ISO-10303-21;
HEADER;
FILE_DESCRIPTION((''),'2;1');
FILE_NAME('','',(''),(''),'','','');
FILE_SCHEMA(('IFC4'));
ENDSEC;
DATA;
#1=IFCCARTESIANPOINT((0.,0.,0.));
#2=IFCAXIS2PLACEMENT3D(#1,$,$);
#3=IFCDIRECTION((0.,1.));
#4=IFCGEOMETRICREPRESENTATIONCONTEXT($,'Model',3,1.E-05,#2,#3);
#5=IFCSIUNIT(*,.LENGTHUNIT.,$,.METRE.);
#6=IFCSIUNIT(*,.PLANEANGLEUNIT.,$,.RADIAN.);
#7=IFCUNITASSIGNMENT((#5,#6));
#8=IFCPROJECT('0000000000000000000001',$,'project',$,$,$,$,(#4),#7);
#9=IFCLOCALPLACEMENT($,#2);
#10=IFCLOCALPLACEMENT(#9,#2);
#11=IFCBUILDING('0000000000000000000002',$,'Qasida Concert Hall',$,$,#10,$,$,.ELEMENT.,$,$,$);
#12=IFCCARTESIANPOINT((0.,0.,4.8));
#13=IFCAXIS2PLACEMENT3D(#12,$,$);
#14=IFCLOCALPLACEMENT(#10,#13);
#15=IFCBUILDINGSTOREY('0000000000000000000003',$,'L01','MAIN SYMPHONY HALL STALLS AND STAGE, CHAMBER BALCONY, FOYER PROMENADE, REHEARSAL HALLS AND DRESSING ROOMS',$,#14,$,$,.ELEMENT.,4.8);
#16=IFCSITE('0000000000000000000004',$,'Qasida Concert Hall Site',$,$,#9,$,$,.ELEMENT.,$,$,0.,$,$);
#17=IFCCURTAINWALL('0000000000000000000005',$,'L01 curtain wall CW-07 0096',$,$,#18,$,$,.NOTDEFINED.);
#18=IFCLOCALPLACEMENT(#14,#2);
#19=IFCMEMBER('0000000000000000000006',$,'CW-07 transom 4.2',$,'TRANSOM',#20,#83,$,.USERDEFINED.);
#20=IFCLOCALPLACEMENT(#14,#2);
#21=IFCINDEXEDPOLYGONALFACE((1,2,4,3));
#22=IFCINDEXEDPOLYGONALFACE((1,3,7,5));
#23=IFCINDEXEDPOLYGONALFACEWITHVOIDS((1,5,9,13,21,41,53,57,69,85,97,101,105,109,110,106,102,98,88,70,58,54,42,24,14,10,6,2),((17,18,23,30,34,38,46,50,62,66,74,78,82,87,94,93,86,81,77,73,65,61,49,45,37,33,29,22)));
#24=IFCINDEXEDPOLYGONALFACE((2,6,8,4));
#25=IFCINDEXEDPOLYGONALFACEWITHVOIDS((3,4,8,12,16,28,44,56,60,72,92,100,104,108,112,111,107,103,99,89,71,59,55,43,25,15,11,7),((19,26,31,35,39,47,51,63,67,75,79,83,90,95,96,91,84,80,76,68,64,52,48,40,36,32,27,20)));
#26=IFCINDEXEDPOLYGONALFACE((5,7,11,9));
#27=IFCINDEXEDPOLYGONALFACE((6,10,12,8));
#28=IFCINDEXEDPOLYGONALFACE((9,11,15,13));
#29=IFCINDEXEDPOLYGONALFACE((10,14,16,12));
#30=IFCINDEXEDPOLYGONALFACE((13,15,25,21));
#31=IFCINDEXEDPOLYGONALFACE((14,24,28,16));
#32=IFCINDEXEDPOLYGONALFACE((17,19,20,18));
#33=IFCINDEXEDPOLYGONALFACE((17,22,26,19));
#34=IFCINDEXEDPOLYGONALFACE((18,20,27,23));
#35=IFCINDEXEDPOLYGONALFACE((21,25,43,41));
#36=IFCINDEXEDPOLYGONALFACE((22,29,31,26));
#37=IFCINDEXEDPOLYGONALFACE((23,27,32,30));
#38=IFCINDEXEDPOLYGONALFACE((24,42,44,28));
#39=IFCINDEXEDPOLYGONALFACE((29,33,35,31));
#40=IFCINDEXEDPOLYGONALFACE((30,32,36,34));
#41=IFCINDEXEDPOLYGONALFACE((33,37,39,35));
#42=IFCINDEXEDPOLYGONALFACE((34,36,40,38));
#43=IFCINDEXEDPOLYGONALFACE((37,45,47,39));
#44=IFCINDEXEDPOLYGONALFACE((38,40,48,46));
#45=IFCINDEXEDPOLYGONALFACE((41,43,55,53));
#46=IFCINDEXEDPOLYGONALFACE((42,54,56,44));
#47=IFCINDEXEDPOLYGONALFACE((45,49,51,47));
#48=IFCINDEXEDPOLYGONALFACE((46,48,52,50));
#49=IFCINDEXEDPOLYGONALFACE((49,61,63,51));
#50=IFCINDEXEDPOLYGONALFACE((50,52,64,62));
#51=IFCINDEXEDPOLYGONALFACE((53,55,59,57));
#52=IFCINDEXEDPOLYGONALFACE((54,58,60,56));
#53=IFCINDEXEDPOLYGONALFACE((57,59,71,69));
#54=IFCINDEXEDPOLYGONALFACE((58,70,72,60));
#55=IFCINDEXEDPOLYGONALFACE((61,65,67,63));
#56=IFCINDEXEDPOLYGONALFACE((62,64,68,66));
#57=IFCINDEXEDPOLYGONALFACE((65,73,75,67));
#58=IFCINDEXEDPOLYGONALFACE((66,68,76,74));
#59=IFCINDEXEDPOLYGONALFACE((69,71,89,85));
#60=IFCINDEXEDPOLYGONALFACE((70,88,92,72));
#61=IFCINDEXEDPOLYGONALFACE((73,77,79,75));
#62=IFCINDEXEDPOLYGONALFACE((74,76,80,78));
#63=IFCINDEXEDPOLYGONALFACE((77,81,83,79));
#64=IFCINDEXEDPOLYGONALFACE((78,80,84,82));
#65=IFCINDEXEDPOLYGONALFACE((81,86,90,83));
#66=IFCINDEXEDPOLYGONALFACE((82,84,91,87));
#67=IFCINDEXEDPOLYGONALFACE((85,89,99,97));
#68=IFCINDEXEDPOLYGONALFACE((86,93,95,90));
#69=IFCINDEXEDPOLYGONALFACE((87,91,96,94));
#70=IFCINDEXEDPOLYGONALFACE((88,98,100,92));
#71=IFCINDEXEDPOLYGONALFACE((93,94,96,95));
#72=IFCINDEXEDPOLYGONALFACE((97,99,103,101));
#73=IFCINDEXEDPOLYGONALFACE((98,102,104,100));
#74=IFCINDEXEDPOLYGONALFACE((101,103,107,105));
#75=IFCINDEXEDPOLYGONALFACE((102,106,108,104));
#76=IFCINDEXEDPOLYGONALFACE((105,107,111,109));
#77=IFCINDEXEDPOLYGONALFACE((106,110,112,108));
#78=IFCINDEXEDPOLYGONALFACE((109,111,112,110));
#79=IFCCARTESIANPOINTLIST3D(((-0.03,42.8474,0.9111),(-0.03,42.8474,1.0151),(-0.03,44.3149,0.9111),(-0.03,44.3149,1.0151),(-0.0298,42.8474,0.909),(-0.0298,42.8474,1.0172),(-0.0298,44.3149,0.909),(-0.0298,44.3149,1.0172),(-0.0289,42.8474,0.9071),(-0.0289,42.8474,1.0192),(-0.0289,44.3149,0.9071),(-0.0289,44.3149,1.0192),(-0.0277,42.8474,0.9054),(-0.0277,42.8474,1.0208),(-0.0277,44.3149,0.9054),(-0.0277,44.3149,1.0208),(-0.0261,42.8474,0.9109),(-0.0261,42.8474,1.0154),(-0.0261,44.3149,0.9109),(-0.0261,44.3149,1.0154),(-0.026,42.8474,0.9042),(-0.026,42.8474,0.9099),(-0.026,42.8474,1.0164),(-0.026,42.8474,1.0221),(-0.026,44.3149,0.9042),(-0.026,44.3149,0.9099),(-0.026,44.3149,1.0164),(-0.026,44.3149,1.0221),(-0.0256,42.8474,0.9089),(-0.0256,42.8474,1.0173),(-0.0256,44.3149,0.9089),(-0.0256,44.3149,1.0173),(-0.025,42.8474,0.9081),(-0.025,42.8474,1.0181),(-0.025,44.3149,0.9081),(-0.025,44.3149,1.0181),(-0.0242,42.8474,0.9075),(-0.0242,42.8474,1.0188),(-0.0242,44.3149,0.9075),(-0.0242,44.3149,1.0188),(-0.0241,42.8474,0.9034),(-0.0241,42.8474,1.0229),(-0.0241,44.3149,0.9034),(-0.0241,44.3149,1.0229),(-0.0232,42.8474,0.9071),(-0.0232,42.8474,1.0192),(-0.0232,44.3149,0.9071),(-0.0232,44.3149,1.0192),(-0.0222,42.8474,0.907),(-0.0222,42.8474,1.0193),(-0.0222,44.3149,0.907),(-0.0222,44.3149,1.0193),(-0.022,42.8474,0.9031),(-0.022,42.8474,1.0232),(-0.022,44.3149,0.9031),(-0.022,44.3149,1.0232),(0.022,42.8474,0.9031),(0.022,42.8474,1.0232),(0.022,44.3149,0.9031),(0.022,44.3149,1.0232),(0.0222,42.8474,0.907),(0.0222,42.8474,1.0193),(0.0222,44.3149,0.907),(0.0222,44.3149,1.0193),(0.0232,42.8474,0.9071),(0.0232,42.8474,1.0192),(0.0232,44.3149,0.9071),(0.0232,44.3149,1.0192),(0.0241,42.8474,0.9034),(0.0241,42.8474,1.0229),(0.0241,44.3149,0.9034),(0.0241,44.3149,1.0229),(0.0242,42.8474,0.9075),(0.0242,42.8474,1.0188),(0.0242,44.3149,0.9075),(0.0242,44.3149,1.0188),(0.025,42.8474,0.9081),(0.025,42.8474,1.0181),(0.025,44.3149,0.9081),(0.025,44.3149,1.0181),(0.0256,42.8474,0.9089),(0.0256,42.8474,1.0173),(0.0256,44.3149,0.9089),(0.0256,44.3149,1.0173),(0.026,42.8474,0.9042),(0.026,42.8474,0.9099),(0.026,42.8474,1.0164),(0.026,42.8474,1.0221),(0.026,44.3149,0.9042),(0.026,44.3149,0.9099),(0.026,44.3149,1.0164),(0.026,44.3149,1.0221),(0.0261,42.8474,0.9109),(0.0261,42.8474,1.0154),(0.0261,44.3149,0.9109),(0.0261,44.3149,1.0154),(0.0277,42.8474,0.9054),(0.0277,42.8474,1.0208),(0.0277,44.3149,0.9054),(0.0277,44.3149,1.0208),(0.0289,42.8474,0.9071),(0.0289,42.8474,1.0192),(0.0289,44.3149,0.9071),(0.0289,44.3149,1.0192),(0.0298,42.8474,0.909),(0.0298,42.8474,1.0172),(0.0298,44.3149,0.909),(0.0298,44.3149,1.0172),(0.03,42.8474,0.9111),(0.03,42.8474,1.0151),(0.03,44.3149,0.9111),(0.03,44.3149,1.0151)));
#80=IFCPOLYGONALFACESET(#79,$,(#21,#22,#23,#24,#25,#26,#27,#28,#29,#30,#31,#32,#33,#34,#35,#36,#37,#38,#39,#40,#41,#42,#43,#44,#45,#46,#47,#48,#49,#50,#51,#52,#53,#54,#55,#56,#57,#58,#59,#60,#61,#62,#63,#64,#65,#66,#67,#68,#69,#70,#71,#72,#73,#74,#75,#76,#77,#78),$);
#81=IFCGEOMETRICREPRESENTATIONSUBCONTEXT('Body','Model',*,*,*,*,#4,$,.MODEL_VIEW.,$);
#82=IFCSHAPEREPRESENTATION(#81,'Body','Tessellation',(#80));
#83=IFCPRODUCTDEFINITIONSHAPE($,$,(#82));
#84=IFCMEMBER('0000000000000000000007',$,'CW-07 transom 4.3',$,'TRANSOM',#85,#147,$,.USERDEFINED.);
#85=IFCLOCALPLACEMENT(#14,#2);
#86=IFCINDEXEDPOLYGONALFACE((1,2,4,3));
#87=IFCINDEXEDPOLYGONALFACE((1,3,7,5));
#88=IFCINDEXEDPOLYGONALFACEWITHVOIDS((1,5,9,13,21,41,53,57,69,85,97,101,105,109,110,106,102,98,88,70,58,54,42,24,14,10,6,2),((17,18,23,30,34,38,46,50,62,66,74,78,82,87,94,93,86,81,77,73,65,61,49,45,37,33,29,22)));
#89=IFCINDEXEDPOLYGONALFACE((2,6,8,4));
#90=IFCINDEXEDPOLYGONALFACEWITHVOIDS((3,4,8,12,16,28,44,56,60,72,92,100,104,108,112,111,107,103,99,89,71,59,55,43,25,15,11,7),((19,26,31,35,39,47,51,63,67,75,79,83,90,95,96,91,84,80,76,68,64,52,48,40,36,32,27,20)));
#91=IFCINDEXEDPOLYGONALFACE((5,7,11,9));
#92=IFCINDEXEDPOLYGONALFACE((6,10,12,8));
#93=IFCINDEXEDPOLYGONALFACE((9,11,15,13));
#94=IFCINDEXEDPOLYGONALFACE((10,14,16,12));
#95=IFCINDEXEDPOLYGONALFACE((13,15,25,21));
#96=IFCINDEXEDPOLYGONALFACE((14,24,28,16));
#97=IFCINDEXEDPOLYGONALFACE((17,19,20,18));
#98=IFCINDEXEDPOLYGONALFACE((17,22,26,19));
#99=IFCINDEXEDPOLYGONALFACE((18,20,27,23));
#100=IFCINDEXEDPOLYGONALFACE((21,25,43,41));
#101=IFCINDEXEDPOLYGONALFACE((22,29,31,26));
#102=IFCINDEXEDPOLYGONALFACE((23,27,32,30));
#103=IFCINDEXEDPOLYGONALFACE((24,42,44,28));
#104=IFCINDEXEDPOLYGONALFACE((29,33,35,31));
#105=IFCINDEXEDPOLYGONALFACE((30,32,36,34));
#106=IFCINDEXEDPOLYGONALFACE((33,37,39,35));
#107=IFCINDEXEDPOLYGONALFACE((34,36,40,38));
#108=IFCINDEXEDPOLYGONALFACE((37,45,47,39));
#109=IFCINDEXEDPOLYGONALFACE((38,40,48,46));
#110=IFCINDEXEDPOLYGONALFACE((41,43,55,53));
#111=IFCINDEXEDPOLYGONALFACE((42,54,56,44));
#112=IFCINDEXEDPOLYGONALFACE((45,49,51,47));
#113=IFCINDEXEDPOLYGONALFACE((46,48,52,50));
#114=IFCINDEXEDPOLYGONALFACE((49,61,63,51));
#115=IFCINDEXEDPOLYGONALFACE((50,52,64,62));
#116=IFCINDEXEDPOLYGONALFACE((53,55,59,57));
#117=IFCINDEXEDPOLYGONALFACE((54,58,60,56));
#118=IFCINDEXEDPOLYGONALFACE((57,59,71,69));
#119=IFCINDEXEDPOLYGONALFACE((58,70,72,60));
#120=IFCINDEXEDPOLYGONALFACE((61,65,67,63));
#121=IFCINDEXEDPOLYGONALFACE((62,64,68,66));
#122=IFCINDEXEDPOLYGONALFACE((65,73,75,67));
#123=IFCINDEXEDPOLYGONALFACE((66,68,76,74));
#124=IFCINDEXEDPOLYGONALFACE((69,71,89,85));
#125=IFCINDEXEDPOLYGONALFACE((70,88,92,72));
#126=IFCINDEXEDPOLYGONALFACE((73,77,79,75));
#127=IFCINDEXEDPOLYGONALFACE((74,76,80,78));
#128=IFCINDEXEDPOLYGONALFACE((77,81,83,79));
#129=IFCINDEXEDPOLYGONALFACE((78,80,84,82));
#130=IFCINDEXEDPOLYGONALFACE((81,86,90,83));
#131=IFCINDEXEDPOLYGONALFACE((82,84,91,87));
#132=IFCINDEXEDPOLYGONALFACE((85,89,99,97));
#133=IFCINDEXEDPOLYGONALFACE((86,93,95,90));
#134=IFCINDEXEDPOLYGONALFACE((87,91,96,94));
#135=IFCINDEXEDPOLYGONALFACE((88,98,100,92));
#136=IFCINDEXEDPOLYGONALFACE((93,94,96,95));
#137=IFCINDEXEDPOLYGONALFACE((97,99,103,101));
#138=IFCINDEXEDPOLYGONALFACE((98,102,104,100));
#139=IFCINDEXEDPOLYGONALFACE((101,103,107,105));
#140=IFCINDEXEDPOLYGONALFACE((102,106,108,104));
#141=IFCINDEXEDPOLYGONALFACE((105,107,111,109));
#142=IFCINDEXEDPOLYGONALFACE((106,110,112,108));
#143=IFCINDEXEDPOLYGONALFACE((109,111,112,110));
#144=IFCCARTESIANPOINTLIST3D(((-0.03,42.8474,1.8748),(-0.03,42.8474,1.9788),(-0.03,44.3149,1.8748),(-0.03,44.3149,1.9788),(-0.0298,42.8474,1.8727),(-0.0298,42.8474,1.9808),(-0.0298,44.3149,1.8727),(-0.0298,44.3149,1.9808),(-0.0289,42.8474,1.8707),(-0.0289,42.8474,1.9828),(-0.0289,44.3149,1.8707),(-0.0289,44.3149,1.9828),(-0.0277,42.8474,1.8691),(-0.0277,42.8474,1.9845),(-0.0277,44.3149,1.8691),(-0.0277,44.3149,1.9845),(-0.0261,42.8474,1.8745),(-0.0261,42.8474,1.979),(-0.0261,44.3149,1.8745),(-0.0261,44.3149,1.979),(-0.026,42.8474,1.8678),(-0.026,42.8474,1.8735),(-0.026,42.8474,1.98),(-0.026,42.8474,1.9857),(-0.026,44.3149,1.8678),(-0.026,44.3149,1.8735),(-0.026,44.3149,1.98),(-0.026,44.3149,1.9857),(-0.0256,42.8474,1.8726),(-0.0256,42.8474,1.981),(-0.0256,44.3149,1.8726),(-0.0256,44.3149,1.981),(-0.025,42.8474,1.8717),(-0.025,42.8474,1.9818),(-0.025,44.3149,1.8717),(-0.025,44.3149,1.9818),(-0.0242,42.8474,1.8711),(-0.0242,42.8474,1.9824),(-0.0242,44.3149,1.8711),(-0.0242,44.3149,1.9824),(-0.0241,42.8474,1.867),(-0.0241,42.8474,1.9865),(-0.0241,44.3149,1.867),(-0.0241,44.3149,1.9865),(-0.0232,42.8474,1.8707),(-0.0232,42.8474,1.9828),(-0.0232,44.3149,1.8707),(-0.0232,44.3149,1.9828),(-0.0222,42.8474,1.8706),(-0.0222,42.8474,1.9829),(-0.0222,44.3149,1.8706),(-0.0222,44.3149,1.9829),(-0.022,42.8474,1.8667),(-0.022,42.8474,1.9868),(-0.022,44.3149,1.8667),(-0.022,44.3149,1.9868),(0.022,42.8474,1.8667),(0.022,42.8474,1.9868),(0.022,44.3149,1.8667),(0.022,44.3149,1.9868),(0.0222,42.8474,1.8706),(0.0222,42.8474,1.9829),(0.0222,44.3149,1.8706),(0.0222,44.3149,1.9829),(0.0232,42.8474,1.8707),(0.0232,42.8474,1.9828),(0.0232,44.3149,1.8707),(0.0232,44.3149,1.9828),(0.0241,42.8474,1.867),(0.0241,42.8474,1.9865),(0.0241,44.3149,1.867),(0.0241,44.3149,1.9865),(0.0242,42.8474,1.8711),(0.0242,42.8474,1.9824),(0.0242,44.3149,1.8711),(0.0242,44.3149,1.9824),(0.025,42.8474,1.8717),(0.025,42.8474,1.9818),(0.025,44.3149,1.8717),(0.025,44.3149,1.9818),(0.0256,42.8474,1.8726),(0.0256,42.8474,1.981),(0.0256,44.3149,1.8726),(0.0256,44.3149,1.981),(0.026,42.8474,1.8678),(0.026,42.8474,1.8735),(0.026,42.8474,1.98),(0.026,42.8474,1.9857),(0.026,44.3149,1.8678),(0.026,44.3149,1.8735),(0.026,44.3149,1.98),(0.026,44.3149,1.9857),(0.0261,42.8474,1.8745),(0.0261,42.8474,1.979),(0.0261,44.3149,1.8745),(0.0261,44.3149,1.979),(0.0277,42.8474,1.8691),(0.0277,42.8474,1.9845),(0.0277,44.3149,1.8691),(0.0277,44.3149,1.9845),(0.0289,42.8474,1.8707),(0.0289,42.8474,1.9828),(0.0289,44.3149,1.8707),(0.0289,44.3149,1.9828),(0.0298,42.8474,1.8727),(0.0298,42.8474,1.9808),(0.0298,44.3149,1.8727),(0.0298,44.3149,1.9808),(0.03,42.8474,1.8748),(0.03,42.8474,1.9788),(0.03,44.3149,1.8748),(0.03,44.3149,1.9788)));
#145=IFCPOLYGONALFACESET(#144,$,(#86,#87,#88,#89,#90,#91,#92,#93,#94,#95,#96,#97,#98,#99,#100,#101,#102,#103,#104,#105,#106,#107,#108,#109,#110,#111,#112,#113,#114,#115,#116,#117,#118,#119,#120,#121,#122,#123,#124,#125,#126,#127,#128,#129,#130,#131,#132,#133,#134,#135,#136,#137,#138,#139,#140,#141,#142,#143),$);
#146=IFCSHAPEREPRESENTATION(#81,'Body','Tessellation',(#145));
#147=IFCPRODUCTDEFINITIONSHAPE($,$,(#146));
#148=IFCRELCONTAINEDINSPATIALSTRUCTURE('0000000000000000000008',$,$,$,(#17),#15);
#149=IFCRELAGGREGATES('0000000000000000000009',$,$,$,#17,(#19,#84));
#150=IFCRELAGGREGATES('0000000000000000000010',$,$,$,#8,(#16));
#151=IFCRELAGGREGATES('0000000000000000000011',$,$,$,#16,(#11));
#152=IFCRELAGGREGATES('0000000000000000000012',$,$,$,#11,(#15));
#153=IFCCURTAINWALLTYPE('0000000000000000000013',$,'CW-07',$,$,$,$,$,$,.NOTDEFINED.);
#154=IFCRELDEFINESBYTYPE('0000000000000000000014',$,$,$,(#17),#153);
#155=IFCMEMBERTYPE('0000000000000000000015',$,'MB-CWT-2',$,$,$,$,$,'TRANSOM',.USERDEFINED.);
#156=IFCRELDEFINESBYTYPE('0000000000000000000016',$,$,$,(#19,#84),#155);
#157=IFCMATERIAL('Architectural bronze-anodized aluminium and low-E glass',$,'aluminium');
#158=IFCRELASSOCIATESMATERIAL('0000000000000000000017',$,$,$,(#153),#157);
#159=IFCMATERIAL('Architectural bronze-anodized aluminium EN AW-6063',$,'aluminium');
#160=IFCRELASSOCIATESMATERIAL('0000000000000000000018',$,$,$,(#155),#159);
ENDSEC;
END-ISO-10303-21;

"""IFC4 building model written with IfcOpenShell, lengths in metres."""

from ifc_helpers import new_model, si_unit, direction, frame, origin, origin_2d, place, context, subcontext, project, spatial, hollow_rectangle, extrude, material, material_profile, profile_set, type_object, element, aggregate, save


model = new_model("IFC4")

# Units and contexts
model_context = context("Model", 3, precision=1e-05, world=origin(), true_north=direction((0.0, 1.0)))
body_context = subcontext(model_context, "Body", "Model", "MODEL_VIEW")
ifc_project = project(units=[si_unit("LENGTHUNIT", "METRE"), si_unit("PLANEANGLEUNIT", "RADIAN")], contexts=[model_context])

# Site, building, storey
site_placement = place(None, origin())
site = spatial("IfcSite", under=ifc_project, at=site_placement, Name="Qasida Concert Hall Site", CompositionType="ELEMENT", RefElevation=0.0)
building_placement = place(site_placement, origin())
building = spatial("IfcBuilding", under=site, at=building_placement, Name="Qasida Concert Hall", CompositionType="ELEMENT")
storey_placement = place(building_placement, frame((0.0, 0.0, 4.8)))
storey = spatial("IfcBuildingStorey", under=building, at=storey_placement, Name="L01", Description="MAIN SYMPHONY HALL STALLS AND STAGE, CHAMBER BALCONY, FOYER PROMENADE, REHEARSAL HALLS AND DRESSING ROOMS", CompositionType="ELEMENT", Elevation=4.8)

# Curtain wall, members
ifc_material_1 = material(Name="Architectural bronze-anodized aluminium and low-E glass", Category="aluminium")
curtain_wall_type = type_object("IfcCurtainWallType", Name="CW-07", PredefinedType="NOTDEFINED", material=ifc_material_1)
curtain_wall_placement = place(storey_placement, origin())
curtain_wall = element("IfcCurtainWall", 1, at=curtain_wall_placement, inside=storey, type_object=curtain_wall_type, Name="L01 curtain wall CW-07 0096", PredefinedType="NOTDEFINED")
ifc_material_2 = material(Name="Architectural bronze-anodized aluminium EN AW-6063", Category="aluminium")
ifc_material_profile_1 = material_profile(ifc_material_2, hollow_rectangle(XDim=0.0601, YDim=0.1201, WallThickness=0.0039, InnerFilletRadius=0.0039, OuterFilletRadius=0.0081, at=origin_2d()), Name="CWT 120x60x4")
ifc_profile_set_1 = profile_set([ifc_material_profile_1], Name="Architectural bronze-anodized aluminium EN AW-6063")
member_type_1 = type_object("IfcMemberType", Name="MB-CWT-2", ElementType="TRANSOM", PredefinedType="USERDEFINED", material=ifc_profile_set_1)
member_1_placement = place(storey_placement, frame((0.0, 42.8474, 0.9631), z_axis=(0.0, 1.0, 0.0), x_axis=(-1.0, 0.0, 0.0)))
member_1 = element("IfcMember", 2, at=member_1_placement, type_object=member_type_1, Name="CW-07 transom 4.2", ObjectType="TRANSOM", PredefinedType="USERDEFINED", context=body_context, shape_type="SweptSolid", body=[
    extrude(hollow_rectangle(XDim=0.0601, YDim=0.1201, WallThickness=0.0039, InnerFilletRadius=0.0039, OuterFilletRadius=0.0081, at=origin_2d()), origin(), (0.0, 0.0, 1.0), 1.4675),
])
member_2_placement = place(storey_placement, frame((0.0, 42.8474, 1.9268), z_axis=(0.0, 1.0, 0.0), x_axis=(-1.0, 0.0, 0.0)))
member_2 = element("IfcMember", 3, at=member_2_placement, type_object=member_type_1, Name="CW-07 transom 4.3", ObjectType="TRANSOM", PredefinedType="USERDEFINED", context=body_context, shape_type="SweptSolid", body=[
    extrude(hollow_rectangle(XDim=0.0601, YDim=0.1201, WallThickness=0.0039, InnerFilletRadius=0.0039, OuterFilletRadius=0.0081, at=origin_2d()), origin(), (0.0, 0.0, 1.0), 1.4675),
])
aggregate(curtain_wall, [member_1, member_2])

save(model, "model.ifc")
